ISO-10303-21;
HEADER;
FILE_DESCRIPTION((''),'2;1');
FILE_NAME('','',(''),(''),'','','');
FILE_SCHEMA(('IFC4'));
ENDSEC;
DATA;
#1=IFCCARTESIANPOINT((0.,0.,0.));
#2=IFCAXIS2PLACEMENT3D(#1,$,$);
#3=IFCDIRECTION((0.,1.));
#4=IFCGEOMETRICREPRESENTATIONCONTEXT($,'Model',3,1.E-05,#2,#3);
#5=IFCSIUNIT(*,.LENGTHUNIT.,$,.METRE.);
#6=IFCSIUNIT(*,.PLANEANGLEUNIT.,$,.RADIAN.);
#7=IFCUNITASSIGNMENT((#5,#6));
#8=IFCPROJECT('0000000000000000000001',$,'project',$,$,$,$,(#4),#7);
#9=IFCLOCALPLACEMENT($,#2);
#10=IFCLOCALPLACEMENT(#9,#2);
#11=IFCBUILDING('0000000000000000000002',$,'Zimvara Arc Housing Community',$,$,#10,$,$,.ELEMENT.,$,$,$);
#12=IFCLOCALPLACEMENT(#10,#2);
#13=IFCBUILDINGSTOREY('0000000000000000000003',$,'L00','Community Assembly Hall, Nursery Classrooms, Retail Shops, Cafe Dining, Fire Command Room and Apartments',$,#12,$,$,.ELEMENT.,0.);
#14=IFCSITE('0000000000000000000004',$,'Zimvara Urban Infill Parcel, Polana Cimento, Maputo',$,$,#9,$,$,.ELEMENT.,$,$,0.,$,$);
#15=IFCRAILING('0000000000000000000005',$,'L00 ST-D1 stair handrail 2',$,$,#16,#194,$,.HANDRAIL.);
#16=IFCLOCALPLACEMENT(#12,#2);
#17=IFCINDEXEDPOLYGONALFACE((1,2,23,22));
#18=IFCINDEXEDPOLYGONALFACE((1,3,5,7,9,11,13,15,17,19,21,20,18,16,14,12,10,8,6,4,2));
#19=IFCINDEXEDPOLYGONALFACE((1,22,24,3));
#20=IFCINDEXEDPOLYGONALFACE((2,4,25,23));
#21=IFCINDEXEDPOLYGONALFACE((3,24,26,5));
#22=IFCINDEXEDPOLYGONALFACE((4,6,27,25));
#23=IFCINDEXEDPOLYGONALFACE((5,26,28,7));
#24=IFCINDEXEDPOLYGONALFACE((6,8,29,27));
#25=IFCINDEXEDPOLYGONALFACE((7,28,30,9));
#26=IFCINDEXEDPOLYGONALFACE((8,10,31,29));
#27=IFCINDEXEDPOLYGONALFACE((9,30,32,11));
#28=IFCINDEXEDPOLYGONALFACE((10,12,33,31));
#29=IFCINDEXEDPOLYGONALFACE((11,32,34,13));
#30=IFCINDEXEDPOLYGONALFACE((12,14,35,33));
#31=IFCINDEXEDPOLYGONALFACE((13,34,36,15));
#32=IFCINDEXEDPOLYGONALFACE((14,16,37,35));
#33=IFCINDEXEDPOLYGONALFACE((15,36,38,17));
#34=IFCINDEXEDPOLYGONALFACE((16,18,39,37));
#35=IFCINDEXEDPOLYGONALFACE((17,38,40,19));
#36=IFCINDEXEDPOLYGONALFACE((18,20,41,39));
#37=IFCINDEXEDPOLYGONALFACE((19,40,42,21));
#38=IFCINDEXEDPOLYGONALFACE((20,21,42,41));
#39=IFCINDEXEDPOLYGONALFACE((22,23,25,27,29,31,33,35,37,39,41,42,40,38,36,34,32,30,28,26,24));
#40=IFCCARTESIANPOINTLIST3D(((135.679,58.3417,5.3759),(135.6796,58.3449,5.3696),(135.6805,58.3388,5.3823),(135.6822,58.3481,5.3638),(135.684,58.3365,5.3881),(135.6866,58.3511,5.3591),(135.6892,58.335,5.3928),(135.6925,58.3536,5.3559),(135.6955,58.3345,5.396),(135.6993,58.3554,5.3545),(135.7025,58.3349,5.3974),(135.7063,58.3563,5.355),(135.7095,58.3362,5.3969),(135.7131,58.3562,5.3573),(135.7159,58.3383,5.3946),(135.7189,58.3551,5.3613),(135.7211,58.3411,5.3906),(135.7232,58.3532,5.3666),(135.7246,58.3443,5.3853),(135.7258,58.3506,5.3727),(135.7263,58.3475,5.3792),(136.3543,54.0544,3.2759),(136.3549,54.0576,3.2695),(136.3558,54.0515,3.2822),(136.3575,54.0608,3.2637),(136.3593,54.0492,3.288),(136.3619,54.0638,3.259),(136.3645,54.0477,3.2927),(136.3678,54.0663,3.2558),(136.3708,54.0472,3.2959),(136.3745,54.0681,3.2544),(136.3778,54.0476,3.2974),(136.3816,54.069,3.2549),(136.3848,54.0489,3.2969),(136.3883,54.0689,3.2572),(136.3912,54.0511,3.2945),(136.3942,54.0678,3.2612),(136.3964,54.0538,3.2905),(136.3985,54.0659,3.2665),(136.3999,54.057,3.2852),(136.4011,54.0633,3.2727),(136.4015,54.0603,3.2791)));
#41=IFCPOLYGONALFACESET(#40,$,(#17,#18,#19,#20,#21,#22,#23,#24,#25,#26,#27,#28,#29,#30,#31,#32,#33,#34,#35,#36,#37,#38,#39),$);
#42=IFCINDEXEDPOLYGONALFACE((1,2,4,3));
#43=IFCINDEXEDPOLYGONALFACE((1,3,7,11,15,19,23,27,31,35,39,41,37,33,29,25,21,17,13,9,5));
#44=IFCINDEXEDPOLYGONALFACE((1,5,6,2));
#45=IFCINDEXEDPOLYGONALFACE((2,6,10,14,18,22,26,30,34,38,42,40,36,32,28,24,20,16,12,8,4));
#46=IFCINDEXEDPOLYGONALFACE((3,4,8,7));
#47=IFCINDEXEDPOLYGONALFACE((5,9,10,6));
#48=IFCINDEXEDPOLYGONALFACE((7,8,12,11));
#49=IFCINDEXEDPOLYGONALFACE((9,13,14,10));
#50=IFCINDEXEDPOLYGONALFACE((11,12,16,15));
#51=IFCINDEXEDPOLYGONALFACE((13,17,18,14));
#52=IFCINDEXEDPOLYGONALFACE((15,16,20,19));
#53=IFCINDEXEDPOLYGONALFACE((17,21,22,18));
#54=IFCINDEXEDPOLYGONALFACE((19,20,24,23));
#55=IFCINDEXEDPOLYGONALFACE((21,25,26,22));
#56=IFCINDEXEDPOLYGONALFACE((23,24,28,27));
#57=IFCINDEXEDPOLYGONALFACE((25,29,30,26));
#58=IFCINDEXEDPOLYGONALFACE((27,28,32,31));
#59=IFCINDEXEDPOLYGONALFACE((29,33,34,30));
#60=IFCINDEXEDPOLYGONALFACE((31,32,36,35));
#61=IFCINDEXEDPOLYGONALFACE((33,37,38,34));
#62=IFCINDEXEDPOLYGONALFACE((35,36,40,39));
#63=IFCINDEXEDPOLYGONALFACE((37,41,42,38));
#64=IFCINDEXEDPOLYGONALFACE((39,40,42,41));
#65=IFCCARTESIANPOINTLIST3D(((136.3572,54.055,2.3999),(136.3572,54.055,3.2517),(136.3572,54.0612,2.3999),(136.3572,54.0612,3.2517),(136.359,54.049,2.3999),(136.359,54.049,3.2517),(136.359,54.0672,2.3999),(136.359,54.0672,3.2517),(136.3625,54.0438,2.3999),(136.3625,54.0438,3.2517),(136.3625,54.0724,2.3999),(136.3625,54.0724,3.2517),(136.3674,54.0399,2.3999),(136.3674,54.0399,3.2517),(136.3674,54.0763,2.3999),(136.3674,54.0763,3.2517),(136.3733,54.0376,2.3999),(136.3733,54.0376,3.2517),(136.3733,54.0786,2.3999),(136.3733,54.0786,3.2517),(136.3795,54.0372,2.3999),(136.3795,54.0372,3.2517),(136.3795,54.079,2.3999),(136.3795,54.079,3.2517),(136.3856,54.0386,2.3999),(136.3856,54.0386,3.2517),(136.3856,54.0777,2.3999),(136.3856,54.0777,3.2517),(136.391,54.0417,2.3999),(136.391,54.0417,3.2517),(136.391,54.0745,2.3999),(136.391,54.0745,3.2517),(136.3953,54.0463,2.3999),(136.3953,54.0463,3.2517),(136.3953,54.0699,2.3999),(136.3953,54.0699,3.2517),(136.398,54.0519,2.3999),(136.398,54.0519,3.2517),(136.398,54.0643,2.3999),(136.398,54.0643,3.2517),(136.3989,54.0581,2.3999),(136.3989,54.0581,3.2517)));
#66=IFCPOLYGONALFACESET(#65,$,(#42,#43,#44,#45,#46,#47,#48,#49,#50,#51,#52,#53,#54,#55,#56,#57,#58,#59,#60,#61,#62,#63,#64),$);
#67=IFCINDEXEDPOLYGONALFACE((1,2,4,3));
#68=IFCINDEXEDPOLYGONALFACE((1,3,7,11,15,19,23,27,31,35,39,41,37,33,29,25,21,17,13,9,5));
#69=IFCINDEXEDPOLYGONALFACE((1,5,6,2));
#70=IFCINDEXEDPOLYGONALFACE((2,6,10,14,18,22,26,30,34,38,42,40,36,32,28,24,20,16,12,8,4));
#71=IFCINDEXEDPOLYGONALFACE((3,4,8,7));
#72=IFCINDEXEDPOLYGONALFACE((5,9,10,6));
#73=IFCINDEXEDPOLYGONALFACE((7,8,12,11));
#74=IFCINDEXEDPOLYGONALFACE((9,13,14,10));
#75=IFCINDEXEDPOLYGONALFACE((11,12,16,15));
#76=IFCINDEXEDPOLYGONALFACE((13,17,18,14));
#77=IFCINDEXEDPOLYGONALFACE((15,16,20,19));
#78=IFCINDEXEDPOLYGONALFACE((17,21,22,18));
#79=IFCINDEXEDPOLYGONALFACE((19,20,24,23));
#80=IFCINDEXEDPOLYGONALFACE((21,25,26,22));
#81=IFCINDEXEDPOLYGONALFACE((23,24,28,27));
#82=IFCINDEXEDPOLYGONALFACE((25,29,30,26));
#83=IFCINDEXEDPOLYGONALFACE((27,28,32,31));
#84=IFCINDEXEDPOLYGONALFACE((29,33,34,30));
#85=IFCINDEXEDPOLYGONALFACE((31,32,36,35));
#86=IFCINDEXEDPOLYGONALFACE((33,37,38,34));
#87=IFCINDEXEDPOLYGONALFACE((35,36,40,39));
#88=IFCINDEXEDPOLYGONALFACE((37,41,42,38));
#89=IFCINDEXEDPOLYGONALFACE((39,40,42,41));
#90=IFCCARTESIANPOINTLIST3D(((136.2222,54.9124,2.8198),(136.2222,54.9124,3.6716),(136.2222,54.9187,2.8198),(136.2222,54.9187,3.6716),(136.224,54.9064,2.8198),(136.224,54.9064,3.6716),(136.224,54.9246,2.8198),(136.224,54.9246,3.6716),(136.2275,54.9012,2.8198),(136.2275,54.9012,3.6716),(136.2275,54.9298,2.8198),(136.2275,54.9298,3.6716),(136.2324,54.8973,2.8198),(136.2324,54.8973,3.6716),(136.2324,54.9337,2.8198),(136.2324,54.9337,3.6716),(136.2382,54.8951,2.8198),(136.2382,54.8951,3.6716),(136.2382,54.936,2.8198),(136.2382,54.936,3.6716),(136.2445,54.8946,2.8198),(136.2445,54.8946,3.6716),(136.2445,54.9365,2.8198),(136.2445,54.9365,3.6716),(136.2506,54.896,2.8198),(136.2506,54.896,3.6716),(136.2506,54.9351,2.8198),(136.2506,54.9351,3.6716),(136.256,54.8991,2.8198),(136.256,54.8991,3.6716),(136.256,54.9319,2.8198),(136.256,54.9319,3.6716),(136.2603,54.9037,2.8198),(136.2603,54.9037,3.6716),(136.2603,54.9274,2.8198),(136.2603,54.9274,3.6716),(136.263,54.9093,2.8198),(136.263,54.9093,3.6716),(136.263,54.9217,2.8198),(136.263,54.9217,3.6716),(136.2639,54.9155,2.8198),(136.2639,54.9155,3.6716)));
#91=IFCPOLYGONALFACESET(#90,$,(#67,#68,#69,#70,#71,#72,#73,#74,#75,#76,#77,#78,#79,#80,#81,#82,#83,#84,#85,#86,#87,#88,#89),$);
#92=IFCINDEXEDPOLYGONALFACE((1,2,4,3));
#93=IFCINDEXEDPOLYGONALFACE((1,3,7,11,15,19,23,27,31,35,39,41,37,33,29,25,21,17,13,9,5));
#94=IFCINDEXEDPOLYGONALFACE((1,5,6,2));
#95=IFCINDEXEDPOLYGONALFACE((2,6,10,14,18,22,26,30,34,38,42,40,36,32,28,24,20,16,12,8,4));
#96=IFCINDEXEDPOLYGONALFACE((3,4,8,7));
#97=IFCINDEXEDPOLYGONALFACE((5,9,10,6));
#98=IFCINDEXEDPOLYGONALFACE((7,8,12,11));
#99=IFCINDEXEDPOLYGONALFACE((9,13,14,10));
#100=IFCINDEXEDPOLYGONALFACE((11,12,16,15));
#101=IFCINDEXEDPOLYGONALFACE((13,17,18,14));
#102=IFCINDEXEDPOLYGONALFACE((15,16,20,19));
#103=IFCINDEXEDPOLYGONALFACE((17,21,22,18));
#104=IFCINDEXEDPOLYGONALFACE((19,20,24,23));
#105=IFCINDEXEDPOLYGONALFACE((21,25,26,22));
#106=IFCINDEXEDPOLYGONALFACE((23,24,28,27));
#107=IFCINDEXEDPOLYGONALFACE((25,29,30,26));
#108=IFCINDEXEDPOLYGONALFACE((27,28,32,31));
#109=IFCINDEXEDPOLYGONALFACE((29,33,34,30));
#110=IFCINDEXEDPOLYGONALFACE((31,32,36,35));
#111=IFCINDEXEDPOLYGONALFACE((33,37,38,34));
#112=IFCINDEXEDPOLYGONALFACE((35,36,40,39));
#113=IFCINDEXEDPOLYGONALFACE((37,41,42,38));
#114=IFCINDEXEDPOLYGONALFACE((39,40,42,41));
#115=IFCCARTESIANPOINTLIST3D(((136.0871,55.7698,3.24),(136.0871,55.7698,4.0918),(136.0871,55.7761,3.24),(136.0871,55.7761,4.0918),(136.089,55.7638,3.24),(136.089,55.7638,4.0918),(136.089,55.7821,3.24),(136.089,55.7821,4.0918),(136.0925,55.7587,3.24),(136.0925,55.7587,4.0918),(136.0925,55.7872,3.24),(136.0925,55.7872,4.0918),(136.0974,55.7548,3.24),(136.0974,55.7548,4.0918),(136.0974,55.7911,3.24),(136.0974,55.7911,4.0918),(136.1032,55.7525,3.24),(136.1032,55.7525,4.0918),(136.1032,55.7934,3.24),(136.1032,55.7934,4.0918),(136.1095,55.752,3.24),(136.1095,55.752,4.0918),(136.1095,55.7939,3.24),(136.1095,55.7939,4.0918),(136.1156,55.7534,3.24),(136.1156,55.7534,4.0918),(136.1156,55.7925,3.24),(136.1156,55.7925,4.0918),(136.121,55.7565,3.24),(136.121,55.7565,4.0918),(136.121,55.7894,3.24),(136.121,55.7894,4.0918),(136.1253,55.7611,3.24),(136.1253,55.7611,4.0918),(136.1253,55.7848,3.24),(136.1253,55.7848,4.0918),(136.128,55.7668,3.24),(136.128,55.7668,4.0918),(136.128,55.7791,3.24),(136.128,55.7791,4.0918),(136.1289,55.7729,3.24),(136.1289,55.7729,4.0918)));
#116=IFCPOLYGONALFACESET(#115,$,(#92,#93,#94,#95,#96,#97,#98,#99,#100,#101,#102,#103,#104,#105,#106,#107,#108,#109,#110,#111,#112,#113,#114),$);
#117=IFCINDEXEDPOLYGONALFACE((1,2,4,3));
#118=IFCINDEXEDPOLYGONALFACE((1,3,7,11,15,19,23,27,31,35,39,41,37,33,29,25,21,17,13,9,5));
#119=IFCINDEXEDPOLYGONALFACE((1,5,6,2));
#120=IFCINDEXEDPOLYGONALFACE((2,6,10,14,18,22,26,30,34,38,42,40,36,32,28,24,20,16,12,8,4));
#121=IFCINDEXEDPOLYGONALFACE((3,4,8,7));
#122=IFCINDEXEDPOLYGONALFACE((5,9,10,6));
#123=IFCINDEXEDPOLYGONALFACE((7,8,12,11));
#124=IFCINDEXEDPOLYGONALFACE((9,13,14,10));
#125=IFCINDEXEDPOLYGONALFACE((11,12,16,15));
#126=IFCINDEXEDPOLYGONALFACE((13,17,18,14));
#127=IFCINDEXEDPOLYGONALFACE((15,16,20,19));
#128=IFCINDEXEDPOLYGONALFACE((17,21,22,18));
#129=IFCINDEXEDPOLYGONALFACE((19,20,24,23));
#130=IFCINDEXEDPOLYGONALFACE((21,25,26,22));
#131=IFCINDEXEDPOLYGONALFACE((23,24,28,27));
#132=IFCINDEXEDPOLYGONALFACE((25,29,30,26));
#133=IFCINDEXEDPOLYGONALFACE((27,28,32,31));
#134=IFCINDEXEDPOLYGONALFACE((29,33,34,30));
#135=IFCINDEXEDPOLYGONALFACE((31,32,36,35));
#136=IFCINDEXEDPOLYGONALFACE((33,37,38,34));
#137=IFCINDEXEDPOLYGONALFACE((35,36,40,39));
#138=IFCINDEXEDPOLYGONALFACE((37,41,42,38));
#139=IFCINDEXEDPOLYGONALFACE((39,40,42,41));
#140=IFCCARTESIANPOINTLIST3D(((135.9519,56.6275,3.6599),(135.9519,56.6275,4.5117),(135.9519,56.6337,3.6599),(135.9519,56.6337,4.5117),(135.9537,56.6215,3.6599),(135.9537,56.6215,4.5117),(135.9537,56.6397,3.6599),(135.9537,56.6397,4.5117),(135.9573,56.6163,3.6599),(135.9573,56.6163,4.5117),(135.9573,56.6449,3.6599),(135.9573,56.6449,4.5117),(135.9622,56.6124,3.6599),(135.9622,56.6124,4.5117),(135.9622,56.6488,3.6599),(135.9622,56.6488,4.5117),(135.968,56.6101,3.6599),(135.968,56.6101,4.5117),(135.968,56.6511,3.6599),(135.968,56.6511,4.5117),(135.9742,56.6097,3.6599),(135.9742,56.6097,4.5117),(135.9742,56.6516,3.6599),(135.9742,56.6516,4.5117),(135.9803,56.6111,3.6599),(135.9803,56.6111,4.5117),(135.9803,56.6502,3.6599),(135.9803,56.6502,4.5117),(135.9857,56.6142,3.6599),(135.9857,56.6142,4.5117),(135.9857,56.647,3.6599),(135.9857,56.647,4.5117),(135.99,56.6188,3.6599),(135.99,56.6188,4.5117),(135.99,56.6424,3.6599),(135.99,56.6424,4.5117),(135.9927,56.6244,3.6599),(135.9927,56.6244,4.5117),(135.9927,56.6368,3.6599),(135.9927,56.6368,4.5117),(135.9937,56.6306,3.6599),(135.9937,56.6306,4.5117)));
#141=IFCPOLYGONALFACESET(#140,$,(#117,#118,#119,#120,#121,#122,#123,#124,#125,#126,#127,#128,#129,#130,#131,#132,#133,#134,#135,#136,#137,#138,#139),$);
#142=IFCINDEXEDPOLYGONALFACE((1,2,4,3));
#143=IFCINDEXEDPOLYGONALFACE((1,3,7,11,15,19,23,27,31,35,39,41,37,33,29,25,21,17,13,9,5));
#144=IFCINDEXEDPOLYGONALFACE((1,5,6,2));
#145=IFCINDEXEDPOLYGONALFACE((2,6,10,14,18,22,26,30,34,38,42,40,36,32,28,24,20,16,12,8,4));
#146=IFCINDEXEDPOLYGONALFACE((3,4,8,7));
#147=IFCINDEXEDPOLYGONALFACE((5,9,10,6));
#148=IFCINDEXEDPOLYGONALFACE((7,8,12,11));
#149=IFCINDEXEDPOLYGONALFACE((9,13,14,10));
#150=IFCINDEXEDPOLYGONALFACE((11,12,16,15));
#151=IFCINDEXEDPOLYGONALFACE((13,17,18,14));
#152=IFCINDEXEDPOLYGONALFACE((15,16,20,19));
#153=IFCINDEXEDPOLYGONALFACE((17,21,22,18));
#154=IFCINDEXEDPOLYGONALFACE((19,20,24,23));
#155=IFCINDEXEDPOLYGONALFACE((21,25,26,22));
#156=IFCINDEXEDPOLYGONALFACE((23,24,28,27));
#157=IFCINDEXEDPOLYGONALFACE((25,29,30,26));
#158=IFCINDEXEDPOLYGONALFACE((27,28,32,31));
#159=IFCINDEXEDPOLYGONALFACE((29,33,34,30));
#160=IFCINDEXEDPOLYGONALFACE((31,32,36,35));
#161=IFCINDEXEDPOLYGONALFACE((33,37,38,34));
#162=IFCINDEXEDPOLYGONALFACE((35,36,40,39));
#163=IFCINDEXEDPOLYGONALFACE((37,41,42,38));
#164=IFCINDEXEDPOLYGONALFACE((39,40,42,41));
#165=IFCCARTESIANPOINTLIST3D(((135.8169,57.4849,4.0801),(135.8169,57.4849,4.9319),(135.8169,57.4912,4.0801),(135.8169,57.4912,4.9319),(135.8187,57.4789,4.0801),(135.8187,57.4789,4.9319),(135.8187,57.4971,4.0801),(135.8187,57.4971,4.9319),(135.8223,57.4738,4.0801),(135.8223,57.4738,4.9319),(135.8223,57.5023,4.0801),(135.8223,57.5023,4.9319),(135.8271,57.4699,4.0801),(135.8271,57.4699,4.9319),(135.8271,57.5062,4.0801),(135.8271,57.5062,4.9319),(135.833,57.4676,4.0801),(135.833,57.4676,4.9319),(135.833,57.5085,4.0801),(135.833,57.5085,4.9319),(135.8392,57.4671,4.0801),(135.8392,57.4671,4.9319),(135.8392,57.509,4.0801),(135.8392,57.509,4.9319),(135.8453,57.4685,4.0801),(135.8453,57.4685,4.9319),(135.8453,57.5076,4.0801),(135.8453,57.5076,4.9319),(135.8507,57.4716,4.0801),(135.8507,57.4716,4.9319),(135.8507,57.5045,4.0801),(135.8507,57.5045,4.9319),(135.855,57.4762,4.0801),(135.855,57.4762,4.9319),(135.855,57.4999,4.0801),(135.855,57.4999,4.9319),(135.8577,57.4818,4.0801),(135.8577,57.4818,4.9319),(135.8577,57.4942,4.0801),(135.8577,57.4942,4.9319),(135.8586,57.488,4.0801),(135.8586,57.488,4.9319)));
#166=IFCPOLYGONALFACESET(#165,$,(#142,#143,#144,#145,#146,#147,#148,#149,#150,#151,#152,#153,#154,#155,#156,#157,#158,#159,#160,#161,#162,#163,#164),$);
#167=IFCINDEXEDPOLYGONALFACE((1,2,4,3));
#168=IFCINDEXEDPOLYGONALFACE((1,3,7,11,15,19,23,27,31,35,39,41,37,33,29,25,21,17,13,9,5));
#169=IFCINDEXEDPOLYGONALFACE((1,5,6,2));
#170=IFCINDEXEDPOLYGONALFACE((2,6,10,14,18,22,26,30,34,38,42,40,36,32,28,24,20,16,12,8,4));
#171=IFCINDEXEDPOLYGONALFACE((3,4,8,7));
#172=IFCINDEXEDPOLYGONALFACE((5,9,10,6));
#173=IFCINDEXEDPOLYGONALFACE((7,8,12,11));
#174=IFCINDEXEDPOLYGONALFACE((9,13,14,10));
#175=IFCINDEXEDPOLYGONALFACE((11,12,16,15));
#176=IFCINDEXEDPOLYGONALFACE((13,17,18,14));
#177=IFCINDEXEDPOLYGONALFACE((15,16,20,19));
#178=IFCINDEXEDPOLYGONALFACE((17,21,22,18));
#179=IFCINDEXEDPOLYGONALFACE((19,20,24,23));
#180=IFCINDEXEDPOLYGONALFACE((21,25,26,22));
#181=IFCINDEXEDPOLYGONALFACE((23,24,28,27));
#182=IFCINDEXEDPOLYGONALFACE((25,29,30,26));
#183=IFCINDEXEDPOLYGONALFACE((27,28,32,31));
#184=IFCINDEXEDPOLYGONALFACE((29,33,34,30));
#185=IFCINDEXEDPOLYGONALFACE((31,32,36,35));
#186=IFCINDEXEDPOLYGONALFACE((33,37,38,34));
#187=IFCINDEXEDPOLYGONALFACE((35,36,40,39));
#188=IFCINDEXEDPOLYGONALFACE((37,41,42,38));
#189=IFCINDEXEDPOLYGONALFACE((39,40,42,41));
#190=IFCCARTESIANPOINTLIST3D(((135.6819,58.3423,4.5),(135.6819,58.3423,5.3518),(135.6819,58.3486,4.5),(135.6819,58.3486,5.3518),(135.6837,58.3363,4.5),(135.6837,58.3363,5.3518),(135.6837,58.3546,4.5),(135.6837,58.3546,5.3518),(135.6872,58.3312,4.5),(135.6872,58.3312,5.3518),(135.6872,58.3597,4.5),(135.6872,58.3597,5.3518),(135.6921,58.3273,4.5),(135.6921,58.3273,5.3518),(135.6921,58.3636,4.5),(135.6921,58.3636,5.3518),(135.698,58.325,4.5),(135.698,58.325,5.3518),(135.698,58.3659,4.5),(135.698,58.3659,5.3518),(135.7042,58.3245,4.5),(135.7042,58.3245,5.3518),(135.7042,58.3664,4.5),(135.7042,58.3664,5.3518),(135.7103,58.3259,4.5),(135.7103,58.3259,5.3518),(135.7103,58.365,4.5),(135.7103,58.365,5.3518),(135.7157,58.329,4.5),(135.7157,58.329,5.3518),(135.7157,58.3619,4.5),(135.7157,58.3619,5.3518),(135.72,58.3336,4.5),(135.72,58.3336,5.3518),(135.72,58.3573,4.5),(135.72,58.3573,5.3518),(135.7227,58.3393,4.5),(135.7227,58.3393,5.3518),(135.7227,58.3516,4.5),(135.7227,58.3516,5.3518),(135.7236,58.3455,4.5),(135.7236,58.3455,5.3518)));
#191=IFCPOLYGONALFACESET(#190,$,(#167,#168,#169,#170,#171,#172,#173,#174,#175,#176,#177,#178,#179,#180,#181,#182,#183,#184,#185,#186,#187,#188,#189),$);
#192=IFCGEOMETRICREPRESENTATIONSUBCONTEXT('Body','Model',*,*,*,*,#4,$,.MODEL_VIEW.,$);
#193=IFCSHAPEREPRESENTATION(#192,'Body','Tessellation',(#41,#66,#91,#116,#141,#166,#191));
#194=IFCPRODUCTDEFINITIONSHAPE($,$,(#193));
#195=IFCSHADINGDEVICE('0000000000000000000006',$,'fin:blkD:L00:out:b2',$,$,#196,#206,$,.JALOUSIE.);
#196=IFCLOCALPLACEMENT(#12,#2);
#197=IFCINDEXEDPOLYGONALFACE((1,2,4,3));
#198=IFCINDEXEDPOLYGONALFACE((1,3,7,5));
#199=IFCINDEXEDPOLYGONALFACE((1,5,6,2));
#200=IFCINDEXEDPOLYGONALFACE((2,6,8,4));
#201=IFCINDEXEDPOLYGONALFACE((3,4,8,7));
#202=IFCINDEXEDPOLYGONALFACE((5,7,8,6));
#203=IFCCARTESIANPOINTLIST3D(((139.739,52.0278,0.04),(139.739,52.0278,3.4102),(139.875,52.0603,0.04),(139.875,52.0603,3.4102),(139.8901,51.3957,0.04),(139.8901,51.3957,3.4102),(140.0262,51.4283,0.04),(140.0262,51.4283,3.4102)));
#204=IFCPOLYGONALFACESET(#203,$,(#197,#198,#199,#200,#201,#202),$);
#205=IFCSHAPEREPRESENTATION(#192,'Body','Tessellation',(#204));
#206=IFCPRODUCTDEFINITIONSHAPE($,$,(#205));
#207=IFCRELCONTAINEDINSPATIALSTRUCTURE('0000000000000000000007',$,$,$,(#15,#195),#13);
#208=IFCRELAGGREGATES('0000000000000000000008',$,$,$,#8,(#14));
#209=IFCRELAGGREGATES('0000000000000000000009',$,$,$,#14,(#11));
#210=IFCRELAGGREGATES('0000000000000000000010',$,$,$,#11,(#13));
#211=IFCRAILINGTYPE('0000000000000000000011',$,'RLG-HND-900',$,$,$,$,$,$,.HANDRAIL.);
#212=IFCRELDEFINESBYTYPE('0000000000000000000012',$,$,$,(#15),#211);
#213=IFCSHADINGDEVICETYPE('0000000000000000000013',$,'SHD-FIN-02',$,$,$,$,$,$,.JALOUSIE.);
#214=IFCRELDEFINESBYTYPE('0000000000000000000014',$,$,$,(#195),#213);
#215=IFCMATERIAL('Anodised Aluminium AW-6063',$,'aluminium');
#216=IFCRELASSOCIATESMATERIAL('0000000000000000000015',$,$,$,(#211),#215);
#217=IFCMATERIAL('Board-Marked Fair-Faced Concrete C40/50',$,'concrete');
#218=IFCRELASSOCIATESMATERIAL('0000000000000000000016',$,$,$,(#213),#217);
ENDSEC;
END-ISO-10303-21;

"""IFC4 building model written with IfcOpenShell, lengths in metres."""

from ifc_helpers import new_model, si_unit, direction, frame, origin, origin_2d, place, context, subcontext, project, spatial, rectangle, circle, extrude, material, type_object, element, save


model = new_model("IFC4")

# Units and contexts
model_context = context("Model", 3, precision=1e-05, world=origin(), true_north=direction((0.0, 1.0)))
body_context = subcontext(model_context, "Body", "Model", "MODEL_VIEW")
ifc_project = project(units=[si_unit("LENGTHUNIT", "METRE"), si_unit("PLANEANGLEUNIT", "RADIAN")], contexts=[model_context])

# Site, building, storey
site_placement = place(None, origin())
site = spatial("IfcSite", under=ifc_project, at=site_placement, Name="Zimvara Urban Infill Parcel, Polana Cimento, Maputo", CompositionType="ELEMENT", RefElevation=0.0)
building_placement = place(site_placement, origin())
building = spatial("IfcBuilding", under=site, at=building_placement, Name="Zimvara Arc Housing Community", CompositionType="ELEMENT")
storey_placement = place(building_placement, origin())
storey = spatial("IfcBuildingStorey", under=building, at=storey_placement, Name="L00", Description="Community Assembly Hall, Nursery Classrooms, Retail Shops, Cafe Dining, Fire Command Room and Apartments", CompositionType="ELEMENT", Elevation=0.0)

# Railing
ifc_material_1 = material(Name="Anodised Aluminium AW-6063", Category="aluminium")
railing_type_1 = type_object("IfcRailingType", Name="RLG-HND-900", PredefinedType="HANDRAIL", material=ifc_material_1)
railing_1_placement = place(storey_placement, frame((136.3779, 54.0581, 2.3999)))
element("IfcRailing", 1, at=railing_1_placement, inside=storey, type_object=railing_type_1, Name="L00 ST-D1 stair handrail 2", PredefinedType="HANDRAIL", context=body_context, shape_type="SweptSolid", body=[
    extrude(circle(Radius=0.0239, at=origin_2d()), frame((0.0, 0.0, 0.876), z_axis=(-0.140056, 0.889197, 0.43556), x_axis=(-0.987822, -0.15559, 0.0)), (0.0, 0.0, 1.0), 4.8215),
    extrude(circle(Radius=0.021, at=origin_2d()), origin(), (0.0, 0.0, 1.0), 0.8518),
    extrude(circle(Radius=0.021, at=origin_2d()), frame((-0.135, 0.8574, 0.4199)), (0.0, 0.0, 1.0), 0.8518),
    extrude(circle(Radius=0.021, at=origin_2d()), frame((-0.27, 1.7148, 0.8401)), (0.0, 0.0, 1.0), 0.8518),
    extrude(circle(Radius=0.021, at=origin_2d()), frame((-0.4053, 2.5725, 1.26)), (0.0, 0.0, 1.0), 0.8518),
    extrude(circle(Radius=0.021, at=origin_2d()), frame((-0.5403, 3.4299, 1.6802)), (0.0, 0.0, 1.0), 0.8518),
    extrude(circle(Radius=0.021, at=origin_2d()), frame((-0.6753, 4.2874, 2.1001)), (0.0, 0.0, 1.0), 0.8518),
])

# Shading device
ifc_material_2 = material(Name="Board-Marked Fair-Faced Concrete C40/50", Category="concrete")
shading_device_type = type_object("IfcShadingDeviceType", Name="SHD-FIN-02", PredefinedType="JALOUSIE", material=ifc_material_2)
shading_device_placement = place(storey_placement, frame((139.8826, 51.728, 0.04), z_axis=(0.0, 0.0, 1.0), x_axis=(0.972573, 0.232597, 0.0)))
element("IfcShadingDevice", 2, at=shading_device_placement, inside=storey, type_object=shading_device_type, Name="fin:blkD:L00:out:b2", PredefinedType="JALOUSIE", context=body_context, shape_type="SweptSolid", body=[
    extrude(rectangle(XDim=0.1399, YDim=0.6499, at=origin_2d()), origin(), (0.0, 0.0, 1.0), 3.3701),
])

save(model, "model.ifc")
